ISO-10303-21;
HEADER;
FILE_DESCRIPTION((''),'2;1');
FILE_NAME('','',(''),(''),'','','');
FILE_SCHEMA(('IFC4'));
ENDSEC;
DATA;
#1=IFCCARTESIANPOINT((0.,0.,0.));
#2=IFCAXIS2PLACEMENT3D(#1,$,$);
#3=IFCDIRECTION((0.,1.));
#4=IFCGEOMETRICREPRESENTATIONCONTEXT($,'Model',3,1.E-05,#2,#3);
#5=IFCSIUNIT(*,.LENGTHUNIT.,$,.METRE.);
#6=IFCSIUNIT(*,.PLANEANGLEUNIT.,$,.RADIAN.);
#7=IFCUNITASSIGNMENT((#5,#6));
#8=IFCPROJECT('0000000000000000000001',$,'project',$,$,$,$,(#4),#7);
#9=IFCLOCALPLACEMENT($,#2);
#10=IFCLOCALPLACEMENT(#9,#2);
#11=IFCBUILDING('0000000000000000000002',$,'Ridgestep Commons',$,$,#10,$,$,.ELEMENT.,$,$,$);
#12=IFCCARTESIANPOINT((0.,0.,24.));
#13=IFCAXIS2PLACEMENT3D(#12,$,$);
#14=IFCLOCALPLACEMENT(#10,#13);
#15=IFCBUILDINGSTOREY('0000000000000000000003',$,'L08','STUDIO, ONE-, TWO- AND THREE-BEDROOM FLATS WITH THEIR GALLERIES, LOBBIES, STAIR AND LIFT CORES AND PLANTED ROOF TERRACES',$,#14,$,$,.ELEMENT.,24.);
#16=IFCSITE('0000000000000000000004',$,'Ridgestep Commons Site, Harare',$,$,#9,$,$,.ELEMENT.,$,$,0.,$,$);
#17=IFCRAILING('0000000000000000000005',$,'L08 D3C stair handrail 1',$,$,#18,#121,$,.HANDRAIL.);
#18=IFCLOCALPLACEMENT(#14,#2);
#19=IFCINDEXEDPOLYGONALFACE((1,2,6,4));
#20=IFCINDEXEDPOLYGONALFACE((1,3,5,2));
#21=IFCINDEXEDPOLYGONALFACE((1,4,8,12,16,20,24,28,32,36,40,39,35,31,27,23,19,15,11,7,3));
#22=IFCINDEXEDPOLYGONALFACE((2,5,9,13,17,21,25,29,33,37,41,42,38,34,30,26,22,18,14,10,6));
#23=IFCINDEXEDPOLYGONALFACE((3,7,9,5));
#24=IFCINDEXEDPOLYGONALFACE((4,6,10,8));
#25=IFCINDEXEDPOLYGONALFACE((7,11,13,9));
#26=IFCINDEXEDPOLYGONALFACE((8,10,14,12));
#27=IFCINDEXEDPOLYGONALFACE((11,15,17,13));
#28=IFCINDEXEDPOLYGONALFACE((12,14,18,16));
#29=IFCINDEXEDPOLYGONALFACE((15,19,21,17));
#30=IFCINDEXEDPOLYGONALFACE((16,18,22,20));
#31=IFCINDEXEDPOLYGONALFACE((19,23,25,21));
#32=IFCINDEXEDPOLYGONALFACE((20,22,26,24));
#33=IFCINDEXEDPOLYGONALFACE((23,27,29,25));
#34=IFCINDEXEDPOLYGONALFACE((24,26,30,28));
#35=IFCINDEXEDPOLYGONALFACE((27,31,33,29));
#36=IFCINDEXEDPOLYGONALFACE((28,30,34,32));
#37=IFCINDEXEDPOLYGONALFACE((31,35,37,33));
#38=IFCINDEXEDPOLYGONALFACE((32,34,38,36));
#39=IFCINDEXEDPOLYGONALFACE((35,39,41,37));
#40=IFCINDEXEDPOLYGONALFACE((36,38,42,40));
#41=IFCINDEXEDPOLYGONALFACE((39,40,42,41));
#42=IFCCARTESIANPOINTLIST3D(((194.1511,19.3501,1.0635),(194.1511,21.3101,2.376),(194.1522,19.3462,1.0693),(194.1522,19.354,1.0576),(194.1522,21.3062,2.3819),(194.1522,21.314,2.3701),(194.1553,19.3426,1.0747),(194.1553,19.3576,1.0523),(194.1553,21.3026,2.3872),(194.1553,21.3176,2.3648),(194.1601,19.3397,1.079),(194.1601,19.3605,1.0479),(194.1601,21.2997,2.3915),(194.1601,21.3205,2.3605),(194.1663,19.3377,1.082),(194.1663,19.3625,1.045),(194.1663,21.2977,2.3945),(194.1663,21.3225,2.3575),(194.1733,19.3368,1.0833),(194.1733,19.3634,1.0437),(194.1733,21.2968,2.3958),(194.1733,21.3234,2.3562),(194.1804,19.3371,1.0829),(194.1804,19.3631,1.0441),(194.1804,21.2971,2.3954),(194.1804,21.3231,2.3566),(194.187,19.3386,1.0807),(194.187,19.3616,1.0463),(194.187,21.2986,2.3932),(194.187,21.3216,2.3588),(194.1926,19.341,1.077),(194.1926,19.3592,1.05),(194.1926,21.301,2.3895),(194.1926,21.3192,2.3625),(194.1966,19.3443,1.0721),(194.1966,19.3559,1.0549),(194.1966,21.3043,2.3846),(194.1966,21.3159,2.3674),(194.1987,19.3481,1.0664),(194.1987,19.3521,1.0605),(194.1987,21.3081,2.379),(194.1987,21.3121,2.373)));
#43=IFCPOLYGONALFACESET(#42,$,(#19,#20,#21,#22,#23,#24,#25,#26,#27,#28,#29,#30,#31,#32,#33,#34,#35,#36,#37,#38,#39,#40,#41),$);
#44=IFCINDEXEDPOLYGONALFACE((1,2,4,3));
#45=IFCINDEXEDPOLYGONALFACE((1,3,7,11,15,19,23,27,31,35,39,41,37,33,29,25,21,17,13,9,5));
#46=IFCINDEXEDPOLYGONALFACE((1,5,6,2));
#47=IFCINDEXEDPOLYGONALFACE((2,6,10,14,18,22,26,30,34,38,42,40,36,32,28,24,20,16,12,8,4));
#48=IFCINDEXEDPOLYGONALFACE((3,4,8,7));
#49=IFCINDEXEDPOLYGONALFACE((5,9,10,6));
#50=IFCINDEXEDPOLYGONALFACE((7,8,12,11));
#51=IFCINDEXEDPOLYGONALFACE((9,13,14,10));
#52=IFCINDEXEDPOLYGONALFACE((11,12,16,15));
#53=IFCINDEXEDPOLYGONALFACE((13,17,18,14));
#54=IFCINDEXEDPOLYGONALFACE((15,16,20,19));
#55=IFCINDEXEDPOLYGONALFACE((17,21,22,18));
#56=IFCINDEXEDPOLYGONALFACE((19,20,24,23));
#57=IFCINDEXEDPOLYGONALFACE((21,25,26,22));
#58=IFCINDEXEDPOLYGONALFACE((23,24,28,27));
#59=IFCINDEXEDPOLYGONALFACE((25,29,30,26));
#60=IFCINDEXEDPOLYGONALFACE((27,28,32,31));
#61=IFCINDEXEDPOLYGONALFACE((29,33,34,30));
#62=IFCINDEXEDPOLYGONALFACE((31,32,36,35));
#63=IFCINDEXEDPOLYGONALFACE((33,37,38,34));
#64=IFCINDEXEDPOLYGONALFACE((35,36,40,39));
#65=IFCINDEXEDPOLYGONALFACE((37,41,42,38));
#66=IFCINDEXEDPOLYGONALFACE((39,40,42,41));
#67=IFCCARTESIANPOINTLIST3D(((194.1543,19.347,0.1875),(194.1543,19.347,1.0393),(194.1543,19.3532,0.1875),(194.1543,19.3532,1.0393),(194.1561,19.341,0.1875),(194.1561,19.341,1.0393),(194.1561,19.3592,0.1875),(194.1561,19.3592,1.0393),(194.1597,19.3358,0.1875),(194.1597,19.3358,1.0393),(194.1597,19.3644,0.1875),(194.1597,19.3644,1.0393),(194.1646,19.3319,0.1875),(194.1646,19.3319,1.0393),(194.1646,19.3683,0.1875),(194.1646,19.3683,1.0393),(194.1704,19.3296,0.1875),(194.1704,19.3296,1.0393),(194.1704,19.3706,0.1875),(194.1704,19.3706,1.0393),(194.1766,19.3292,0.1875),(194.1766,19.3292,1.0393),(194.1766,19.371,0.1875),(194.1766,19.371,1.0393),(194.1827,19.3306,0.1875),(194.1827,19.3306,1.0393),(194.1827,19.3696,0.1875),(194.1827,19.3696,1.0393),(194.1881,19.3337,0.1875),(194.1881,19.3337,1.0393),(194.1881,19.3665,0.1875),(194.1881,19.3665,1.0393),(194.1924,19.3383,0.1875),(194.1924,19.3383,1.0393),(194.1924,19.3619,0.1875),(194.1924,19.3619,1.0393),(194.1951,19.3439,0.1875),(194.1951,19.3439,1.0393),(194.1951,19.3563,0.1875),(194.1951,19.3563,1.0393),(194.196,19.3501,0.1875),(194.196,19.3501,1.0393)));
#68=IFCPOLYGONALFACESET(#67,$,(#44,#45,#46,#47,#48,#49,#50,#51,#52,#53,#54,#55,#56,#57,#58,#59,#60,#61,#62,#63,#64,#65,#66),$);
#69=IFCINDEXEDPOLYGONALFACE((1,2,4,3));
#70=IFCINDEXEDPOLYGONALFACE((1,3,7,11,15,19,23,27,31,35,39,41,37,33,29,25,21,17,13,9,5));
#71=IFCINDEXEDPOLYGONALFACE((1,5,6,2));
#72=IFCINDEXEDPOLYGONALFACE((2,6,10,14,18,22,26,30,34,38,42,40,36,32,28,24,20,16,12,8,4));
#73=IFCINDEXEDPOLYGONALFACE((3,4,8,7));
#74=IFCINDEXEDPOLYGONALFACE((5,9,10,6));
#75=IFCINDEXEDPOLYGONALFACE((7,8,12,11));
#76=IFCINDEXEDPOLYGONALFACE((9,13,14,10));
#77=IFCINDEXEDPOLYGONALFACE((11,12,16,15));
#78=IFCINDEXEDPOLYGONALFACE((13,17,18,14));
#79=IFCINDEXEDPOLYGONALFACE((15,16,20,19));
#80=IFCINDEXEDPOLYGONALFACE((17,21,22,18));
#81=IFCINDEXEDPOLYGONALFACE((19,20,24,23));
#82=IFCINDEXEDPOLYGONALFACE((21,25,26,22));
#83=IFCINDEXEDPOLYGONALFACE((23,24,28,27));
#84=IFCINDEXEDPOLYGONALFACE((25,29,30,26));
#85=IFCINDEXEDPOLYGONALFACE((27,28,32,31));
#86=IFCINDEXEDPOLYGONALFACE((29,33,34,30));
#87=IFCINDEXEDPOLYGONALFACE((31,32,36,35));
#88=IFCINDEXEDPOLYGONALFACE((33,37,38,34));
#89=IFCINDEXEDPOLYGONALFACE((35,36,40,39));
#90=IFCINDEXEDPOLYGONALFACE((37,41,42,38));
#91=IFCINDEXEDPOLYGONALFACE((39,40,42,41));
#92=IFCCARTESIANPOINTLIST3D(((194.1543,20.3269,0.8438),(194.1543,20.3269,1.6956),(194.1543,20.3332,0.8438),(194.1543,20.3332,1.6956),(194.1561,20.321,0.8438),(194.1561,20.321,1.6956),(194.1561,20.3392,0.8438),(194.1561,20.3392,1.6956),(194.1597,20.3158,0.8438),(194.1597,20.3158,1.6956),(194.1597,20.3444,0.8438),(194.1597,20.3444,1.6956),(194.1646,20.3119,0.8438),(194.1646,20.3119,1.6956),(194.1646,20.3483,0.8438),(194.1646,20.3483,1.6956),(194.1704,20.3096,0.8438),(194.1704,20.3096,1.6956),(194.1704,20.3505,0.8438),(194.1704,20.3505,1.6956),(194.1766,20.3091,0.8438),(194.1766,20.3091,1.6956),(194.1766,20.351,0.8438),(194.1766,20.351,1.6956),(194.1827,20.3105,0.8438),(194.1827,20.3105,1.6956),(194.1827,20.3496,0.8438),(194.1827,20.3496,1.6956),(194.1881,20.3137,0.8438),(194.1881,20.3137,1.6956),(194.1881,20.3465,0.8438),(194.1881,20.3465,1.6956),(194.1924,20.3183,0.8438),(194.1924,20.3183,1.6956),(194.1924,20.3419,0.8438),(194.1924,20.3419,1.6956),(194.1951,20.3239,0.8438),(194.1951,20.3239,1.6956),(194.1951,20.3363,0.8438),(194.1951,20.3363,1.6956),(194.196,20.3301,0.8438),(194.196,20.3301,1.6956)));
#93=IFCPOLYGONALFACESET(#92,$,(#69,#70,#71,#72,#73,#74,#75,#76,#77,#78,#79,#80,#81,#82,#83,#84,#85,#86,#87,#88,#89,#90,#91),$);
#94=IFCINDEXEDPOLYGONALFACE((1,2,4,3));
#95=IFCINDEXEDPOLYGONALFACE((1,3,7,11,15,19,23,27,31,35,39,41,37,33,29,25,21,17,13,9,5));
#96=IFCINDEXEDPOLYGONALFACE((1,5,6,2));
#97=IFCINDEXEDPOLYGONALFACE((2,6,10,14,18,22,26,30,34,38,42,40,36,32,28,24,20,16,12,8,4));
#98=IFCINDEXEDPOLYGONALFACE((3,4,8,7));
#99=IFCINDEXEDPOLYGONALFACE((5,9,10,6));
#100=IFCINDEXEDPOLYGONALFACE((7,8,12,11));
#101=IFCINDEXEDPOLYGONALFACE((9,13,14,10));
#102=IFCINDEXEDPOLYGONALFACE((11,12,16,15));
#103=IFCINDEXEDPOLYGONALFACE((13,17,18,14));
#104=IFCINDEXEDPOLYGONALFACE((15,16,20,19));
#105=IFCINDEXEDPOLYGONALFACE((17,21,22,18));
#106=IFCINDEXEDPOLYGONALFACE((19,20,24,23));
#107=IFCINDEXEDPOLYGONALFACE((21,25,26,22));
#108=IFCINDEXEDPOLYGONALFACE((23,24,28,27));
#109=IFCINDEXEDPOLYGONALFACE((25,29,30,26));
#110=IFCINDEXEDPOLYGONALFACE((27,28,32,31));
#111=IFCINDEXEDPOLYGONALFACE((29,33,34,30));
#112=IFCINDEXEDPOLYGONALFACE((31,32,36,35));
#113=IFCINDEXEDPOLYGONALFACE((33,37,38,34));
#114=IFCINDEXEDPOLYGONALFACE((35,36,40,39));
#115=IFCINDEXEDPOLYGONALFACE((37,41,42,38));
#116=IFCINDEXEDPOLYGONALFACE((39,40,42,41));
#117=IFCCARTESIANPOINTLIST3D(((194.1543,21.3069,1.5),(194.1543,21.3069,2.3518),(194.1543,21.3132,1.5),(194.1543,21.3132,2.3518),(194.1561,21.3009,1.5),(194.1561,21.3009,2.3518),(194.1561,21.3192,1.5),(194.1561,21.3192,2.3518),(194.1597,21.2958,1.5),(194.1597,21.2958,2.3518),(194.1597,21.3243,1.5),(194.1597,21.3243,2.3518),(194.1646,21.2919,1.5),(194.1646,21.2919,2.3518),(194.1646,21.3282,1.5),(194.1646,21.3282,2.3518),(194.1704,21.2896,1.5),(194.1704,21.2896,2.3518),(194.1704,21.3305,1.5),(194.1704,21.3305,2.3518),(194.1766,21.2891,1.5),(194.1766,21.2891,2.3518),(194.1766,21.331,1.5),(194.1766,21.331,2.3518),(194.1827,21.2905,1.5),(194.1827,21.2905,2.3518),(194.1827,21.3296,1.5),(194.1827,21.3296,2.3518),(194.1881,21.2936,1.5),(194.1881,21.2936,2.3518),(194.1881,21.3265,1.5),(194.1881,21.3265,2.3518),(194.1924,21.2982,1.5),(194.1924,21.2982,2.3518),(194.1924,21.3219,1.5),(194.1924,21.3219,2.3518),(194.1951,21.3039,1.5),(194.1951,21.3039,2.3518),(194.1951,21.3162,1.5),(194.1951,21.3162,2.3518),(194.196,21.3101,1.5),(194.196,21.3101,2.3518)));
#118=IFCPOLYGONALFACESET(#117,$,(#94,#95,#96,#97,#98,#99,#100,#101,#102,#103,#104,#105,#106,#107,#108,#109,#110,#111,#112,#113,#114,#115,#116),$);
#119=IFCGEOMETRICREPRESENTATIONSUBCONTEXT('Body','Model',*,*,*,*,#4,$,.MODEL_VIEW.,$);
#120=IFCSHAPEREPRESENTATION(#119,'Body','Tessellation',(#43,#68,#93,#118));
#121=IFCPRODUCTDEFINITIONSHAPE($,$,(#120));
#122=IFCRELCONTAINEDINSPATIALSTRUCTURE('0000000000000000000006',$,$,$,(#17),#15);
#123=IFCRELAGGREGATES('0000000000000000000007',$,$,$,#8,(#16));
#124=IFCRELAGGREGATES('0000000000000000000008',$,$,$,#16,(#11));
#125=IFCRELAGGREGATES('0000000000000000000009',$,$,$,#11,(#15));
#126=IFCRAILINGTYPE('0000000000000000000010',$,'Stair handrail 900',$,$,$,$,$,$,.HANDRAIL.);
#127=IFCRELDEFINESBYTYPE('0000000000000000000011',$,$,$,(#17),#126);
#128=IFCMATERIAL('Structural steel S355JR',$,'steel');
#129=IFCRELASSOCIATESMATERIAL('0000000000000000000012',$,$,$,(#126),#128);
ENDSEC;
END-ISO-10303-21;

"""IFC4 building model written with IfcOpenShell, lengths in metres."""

from ifc_helpers import new_model, si_unit, direction, frame, origin, origin_2d, place, context, subcontext, project, spatial, circle, extrude, material, type_object, element, save


model = new_model("IFC4")

# Units and contexts
model_context = context("Model", 3, precision=1e-05, world=origin(), true_north=direction((0.0, 1.0)))
body_context = subcontext(model_context, "Body", "Model", "MODEL_VIEW")
ifc_project = project(units=[si_unit("LENGTHUNIT", "METRE"), si_unit("PLANEANGLEUNIT", "RADIAN")], contexts=[model_context])

# Site, building, storey
site_placement = place(None, origin())
site = spatial("IfcSite", under=ifc_project, at=site_placement, Name="Ridgestep Commons Site, Harare", CompositionType="ELEMENT", RefElevation=0.0)
building_placement = place(site_placement, origin())
building = spatial("IfcBuilding", under=site, at=building_placement, Name="Ridgestep Commons", CompositionType="ELEMENT")
storey_placement = place(building_placement, frame((0.0, 0.0, 24.0)))
storey = spatial("IfcBuildingStorey", under=building, at=storey_placement, Name="L08", Description="STUDIO, ONE-, TWO- AND THREE-BEDROOM FLATS WITH THEIR GALLERIES, LOBBIES, STAIR AND LIFT CORES AND PLANTED ROOF TERRACES", CompositionType="ELEMENT", Elevation=24.0)

# Railing
ifc_material_1 = material(Name="Structural steel S355JR", Category="steel")
railing_type_1 = type_object("IfcRailingType", Name="Stair handrail 900", PredefinedType="HANDRAIL", material=ifc_material_1)
railing_1_placement = place(storey_placement, frame((194.175, 19.3501, 0.1875)))
element("IfcRailing", 1, at=railing_1_placement, inside=storey, type_object=railing_type_1, Name="L08 D3C stair handrail 1", PredefinedType="HANDRAIL", context=body_context, shape_type="SweptSolid", body=[
    extrude(circle(Radius=0.0239, at=origin_2d()), frame((0.0, 0.0, 0.876), z_axis=(0.0, 0.830902, 0.556419), x_axis=(-1.0, 0.0, 0.0)), (0.0, 0.0, 1.0), 2.3589),
    extrude(circle(Radius=0.021, at=origin_2d()), origin(), (0.0, 0.0, 1.0), 0.8518),
    extrude(circle(Radius=0.021, at=origin_2d()), frame((0.0, 0.98, 0.6562)), (0.0, 0.0, 1.0), 0.8518),
    extrude(circle(Radius=0.021, at=origin_2d()), frame((0.0, 1.96, 1.3125)), (0.0, 0.0, 1.0), 0.8518),
])

save(model, "model.ifc")
